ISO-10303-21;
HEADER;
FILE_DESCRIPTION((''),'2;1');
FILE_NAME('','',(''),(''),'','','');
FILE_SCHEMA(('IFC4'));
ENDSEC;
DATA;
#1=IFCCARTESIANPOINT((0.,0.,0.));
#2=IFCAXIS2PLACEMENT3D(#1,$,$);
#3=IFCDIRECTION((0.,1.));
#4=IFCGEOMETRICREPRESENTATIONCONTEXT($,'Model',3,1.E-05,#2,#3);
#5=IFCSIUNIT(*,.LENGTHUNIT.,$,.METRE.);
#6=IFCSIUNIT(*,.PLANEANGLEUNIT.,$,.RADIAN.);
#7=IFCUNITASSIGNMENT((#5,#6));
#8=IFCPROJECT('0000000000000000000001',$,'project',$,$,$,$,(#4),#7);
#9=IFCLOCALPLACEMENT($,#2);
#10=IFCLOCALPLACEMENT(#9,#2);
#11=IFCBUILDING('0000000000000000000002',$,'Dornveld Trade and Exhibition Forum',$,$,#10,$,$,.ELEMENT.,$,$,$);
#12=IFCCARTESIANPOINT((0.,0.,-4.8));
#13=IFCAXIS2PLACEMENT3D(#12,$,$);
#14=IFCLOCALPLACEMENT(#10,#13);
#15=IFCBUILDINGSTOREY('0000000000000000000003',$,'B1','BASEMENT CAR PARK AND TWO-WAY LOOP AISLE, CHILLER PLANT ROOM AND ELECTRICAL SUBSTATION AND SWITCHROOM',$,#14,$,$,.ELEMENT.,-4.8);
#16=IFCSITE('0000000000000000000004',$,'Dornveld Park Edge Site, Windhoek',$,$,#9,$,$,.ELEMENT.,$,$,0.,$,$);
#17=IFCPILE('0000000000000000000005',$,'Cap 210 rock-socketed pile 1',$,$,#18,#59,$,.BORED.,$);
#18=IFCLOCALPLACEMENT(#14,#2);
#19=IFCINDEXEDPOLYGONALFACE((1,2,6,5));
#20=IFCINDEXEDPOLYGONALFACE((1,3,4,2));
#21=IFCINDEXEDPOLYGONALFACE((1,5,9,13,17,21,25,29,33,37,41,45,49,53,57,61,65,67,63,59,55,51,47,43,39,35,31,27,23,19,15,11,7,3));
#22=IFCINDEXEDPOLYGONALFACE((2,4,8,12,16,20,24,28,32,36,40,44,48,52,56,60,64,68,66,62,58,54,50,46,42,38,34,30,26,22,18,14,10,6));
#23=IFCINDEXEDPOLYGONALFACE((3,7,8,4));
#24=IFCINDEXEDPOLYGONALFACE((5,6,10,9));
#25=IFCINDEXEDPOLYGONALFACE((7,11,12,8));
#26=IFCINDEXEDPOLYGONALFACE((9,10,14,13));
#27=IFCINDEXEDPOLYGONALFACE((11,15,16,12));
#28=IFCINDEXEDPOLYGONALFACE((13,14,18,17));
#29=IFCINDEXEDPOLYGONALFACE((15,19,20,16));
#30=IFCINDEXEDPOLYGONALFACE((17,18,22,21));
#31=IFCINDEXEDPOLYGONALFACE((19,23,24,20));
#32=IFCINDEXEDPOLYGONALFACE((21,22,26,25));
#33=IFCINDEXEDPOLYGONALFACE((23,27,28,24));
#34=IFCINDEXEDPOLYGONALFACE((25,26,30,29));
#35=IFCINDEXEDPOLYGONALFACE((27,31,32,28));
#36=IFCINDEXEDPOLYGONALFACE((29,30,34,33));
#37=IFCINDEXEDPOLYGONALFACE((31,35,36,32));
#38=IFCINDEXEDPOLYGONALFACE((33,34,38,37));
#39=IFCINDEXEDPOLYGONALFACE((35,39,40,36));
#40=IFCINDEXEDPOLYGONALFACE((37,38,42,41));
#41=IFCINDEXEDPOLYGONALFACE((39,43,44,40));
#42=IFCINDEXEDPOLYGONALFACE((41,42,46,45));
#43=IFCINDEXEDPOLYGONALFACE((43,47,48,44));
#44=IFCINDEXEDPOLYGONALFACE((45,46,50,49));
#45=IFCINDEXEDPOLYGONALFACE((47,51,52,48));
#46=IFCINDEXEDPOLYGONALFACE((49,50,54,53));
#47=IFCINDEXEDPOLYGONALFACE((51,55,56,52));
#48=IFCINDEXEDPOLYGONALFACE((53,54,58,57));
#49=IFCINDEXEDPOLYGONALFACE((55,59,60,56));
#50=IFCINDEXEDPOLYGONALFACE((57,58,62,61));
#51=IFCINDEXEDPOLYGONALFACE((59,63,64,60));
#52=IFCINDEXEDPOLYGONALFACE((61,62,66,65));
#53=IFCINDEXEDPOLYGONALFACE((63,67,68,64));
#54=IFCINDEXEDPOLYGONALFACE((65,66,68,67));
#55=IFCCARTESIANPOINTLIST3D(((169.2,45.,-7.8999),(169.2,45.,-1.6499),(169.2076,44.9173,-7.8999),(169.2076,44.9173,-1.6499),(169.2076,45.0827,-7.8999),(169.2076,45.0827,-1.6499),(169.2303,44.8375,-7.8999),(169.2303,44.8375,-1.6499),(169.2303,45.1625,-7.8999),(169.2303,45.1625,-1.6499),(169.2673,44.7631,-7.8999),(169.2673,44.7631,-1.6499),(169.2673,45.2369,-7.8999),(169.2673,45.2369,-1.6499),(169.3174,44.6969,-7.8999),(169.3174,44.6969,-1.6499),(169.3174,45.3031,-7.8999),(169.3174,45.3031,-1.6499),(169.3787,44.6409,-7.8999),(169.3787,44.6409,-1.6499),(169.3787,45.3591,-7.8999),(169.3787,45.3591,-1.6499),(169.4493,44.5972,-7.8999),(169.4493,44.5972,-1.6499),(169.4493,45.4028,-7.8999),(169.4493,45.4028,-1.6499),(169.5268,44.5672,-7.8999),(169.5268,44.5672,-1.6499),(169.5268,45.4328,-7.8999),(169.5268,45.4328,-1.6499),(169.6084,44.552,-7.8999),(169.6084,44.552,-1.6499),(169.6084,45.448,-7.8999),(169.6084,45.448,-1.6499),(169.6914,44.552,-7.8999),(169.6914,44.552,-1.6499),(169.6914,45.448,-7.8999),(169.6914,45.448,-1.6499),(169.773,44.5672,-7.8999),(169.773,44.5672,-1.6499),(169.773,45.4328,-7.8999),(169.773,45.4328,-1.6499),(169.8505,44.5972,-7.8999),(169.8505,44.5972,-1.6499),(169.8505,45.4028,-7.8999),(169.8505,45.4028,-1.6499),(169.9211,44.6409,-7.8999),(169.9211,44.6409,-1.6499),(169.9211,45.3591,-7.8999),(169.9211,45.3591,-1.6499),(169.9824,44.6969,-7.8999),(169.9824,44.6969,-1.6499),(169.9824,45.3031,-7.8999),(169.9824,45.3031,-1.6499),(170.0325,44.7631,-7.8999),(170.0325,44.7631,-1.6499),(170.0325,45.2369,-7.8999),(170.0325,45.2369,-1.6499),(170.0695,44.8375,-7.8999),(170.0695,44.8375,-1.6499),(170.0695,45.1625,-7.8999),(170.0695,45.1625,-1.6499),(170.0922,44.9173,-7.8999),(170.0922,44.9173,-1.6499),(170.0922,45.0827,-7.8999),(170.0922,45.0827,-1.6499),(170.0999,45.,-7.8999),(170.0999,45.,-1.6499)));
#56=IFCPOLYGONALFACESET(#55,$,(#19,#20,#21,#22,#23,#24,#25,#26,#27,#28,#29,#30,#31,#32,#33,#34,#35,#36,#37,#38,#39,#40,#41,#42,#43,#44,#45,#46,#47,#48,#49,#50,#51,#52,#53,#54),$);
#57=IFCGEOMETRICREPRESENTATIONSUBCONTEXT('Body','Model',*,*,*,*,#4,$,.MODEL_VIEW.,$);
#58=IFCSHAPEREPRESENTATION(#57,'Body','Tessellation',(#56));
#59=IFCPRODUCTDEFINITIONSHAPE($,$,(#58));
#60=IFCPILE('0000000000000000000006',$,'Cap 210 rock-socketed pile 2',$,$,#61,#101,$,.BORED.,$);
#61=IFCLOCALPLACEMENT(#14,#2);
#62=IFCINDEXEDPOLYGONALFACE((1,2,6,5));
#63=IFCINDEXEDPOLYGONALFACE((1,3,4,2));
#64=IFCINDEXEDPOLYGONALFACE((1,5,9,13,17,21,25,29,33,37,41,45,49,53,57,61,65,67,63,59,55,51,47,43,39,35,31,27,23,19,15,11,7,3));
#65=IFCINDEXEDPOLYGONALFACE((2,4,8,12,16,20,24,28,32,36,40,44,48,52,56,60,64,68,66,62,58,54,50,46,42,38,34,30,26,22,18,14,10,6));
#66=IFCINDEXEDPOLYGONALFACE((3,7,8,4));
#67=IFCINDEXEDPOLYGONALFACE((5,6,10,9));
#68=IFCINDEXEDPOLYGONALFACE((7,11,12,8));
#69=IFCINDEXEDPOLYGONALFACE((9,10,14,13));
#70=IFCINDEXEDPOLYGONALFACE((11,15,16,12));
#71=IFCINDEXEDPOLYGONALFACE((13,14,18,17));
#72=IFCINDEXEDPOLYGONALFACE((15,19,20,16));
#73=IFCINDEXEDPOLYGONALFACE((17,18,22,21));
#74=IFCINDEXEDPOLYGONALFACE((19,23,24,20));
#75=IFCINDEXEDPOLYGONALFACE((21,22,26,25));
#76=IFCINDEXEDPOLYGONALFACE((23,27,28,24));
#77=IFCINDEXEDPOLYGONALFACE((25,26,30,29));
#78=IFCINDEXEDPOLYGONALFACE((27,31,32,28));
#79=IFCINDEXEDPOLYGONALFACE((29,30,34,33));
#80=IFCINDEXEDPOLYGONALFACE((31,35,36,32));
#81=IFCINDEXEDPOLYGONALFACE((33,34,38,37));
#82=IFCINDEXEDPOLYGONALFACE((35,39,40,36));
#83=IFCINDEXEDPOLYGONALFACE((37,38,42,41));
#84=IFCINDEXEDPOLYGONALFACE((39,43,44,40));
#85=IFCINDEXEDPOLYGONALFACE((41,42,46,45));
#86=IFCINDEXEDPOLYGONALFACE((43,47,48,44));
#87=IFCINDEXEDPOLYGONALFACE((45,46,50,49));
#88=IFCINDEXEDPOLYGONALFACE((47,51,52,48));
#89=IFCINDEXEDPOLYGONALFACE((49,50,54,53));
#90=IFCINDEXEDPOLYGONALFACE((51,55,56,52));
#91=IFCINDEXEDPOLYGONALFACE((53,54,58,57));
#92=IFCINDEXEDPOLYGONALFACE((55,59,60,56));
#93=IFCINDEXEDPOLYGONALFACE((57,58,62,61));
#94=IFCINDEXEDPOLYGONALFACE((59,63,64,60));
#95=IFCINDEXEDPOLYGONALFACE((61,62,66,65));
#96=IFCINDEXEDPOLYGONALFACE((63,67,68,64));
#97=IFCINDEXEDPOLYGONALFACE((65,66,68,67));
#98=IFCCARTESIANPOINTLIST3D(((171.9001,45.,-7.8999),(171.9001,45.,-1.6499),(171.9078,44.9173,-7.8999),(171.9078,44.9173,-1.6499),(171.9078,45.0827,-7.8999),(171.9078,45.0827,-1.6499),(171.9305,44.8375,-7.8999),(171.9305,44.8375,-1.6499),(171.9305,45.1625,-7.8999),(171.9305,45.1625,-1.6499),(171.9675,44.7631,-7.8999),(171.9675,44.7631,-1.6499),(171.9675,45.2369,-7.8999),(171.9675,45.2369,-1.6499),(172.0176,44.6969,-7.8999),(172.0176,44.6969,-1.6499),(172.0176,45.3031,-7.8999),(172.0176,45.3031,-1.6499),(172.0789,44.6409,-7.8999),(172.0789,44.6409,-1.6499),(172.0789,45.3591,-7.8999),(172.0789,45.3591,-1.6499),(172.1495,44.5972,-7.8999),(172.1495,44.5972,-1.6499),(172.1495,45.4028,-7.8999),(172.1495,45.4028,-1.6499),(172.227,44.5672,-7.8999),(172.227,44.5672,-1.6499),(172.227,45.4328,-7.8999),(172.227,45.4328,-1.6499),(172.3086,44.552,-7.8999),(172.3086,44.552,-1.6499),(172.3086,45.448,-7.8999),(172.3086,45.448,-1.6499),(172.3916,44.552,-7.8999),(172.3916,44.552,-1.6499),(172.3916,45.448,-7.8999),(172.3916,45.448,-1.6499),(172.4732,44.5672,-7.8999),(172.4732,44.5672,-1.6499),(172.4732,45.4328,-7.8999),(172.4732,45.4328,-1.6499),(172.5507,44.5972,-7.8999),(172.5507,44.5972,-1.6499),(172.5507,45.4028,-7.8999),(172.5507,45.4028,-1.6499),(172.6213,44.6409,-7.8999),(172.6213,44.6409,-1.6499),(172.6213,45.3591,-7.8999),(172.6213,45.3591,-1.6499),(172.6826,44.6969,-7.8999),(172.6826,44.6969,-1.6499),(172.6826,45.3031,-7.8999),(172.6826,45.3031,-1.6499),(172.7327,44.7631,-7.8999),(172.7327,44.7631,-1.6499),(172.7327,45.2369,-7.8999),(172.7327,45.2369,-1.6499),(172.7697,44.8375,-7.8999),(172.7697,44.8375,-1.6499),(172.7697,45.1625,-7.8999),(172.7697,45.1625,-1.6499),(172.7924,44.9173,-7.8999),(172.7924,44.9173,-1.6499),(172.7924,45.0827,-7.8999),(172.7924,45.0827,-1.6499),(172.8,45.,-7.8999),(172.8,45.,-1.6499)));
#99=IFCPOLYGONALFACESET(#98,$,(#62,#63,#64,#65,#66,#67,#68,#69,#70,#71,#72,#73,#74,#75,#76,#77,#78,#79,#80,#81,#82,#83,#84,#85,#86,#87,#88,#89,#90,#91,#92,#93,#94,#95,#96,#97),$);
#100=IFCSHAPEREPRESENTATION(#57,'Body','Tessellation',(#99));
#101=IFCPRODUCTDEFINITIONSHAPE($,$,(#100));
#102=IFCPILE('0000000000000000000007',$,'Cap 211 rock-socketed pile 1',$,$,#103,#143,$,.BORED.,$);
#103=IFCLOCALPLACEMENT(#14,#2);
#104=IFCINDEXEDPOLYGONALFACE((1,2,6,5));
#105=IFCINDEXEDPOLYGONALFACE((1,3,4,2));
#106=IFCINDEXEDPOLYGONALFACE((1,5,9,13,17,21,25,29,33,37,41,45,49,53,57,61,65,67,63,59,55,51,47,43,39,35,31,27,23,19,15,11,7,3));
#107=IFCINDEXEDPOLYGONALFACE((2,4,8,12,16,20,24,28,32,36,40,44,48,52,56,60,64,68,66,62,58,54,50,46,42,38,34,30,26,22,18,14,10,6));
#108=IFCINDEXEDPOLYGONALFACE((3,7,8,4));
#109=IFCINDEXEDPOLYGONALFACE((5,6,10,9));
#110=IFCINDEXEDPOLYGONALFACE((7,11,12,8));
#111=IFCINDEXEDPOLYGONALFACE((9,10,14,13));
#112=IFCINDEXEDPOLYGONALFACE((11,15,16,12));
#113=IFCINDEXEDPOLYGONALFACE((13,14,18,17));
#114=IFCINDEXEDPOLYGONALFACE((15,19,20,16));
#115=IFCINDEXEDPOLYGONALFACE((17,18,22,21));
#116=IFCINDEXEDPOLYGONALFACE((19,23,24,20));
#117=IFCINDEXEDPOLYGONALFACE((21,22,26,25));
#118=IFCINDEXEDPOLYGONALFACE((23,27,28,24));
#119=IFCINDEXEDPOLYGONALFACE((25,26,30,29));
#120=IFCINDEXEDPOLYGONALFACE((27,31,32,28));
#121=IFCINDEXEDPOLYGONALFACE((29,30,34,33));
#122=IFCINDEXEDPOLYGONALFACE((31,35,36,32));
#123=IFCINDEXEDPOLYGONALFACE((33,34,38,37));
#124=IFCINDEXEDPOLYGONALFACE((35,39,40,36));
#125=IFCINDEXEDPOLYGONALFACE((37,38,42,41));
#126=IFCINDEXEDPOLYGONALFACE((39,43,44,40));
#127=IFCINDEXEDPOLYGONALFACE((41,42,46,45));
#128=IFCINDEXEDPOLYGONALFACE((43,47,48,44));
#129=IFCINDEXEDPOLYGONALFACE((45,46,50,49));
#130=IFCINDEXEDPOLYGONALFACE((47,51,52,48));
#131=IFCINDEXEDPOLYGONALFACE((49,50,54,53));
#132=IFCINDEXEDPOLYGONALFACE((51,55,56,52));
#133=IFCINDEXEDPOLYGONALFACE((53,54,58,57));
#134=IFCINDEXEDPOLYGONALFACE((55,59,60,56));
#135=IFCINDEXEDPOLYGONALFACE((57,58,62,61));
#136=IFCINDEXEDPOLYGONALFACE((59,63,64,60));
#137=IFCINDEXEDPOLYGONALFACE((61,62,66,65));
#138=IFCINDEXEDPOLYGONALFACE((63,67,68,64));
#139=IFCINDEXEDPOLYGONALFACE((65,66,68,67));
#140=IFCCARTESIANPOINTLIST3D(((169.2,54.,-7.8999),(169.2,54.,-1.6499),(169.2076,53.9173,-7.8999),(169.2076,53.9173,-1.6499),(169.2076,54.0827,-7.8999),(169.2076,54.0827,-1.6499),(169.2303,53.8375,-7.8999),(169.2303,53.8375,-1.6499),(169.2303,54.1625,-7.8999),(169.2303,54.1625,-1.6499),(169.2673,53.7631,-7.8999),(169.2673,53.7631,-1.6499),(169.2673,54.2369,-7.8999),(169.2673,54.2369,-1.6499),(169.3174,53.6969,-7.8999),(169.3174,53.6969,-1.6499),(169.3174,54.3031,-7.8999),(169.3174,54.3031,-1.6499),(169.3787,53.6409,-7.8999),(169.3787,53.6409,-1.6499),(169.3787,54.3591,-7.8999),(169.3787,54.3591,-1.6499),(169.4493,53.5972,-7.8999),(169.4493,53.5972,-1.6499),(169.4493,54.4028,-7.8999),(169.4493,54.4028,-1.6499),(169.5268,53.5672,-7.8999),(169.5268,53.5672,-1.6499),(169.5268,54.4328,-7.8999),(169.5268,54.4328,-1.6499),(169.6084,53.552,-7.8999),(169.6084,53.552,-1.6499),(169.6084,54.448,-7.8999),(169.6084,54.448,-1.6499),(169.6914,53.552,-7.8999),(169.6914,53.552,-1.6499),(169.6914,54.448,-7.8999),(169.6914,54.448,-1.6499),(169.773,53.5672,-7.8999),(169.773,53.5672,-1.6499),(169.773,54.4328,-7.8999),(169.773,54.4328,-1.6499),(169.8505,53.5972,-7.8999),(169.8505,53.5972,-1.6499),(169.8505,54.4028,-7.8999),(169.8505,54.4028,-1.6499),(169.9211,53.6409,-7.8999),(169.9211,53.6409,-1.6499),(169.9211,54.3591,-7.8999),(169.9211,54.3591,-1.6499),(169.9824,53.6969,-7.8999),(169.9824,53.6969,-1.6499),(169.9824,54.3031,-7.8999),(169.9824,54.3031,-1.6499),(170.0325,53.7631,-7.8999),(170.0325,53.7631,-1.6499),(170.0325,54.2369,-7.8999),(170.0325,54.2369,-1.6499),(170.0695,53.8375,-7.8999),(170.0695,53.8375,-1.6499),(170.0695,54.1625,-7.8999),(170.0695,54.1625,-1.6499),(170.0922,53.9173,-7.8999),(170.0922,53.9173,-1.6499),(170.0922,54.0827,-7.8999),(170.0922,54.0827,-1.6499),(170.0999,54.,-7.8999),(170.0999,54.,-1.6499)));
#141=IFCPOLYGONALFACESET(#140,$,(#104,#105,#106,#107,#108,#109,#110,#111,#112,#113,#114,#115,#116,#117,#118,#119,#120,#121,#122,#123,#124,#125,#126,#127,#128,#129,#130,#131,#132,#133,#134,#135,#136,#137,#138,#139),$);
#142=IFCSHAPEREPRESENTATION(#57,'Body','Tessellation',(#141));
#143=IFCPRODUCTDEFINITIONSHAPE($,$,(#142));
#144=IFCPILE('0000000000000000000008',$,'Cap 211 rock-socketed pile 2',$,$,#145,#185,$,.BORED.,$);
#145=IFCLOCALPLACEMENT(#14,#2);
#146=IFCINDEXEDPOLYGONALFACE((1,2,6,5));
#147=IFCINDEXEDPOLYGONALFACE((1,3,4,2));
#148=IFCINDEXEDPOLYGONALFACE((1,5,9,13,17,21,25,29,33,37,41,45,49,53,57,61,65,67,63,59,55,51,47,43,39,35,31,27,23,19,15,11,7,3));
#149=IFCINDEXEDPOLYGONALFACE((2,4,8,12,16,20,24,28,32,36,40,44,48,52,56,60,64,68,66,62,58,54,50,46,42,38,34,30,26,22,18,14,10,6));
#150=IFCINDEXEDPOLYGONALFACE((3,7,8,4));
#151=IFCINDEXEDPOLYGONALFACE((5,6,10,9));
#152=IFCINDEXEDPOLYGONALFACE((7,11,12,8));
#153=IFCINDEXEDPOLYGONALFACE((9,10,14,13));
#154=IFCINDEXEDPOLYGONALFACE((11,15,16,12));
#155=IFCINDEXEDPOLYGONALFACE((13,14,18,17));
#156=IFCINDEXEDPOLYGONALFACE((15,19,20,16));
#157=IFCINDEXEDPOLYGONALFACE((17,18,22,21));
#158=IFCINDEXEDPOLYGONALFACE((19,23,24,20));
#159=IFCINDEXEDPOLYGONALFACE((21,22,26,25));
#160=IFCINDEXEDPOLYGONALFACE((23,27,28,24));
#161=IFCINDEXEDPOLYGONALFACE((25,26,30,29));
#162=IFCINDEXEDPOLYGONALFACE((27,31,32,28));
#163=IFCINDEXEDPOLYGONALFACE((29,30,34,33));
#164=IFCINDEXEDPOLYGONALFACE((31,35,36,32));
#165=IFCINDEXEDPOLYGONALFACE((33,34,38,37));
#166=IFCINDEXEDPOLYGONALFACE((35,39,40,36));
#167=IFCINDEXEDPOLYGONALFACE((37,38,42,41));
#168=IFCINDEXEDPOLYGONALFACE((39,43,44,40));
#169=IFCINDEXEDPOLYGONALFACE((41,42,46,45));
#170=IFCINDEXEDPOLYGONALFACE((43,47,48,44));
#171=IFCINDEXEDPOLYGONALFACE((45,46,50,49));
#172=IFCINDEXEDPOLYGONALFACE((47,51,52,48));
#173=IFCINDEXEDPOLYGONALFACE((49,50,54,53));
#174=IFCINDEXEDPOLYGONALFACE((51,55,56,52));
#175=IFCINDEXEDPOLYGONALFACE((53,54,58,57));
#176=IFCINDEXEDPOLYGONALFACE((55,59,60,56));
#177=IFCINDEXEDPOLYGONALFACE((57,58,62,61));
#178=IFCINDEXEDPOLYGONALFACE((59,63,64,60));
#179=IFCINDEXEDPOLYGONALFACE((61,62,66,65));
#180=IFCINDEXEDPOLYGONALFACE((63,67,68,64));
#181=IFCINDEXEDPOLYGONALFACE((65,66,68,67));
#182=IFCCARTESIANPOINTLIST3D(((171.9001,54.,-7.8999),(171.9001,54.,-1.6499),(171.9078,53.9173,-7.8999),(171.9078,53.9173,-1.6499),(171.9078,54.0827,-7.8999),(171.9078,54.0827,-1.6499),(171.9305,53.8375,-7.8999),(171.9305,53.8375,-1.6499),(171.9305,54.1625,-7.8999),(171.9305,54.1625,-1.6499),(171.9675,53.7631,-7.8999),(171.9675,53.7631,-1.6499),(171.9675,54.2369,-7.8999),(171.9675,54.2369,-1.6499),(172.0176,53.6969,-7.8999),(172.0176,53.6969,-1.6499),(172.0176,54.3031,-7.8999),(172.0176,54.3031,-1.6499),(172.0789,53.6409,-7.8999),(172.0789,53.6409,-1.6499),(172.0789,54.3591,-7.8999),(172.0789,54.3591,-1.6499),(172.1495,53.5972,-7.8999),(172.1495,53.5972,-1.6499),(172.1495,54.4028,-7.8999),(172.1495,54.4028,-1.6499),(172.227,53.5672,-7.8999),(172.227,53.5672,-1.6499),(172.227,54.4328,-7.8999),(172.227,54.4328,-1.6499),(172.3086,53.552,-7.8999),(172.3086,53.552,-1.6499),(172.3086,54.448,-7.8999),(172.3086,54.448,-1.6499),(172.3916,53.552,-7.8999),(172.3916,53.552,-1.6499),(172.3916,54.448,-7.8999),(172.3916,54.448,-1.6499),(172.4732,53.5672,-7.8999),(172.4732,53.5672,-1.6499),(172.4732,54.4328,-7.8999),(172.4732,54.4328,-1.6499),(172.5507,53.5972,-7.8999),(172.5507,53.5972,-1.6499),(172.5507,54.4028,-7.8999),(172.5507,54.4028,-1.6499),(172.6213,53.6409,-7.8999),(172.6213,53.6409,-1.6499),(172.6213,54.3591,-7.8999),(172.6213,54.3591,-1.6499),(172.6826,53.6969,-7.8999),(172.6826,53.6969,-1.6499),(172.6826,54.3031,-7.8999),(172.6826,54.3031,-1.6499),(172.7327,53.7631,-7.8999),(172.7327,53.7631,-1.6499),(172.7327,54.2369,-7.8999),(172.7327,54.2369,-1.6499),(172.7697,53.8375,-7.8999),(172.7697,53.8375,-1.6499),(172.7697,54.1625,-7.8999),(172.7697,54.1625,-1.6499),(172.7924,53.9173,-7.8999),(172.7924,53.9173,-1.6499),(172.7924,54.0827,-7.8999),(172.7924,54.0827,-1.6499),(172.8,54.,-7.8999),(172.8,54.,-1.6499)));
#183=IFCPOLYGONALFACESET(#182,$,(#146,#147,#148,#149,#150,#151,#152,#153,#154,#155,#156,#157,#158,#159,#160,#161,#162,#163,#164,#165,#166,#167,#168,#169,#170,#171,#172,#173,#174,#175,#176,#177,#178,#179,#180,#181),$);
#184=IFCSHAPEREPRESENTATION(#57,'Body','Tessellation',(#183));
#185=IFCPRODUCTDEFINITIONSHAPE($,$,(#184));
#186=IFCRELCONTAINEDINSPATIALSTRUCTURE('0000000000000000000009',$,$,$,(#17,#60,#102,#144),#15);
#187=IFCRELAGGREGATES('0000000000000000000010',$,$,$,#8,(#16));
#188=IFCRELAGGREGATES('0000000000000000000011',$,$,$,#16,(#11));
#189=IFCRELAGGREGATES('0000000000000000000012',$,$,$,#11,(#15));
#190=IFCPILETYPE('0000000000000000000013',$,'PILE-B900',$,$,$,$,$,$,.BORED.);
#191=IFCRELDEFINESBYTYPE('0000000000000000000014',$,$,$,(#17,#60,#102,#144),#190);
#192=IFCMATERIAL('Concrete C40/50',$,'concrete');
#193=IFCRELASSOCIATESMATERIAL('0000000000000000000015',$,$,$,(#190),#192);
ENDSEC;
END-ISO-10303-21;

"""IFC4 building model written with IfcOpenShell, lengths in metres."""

from ifc_helpers import new_model, si_unit, direction, frame, origin, origin_2d, place, context, subcontext, project, spatial, circle, extrude, material, material_profile, profile_set, type_object, element, save


model = new_model("IFC4")

# Units and contexts
model_context = context("Model", 3, precision=1e-05, world=origin(), true_north=direction((0.0, 1.0)))
body_context = subcontext(model_context, "Body", "Model", "MODEL_VIEW")
ifc_project = project(units=[si_unit("LENGTHUNIT", "METRE"), si_unit("PLANEANGLEUNIT", "RADIAN")], contexts=[model_context])

# Site, building, storey
site_placement = place(None, origin())
site = spatial("IfcSite", under=ifc_project, at=site_placement, Name="Dornveld Park Edge Site, Windhoek", CompositionType="ELEMENT", RefElevation=0.0)
building_placement = place(site_placement, origin())
building = spatial("IfcBuilding", under=site, at=building_placement, Name="Dornveld Trade and Exhibition Forum", CompositionType="ELEMENT")
storey_placement = place(building_placement, frame((0.0, 0.0, -4.8)))
storey = spatial("IfcBuildingStorey", under=building, at=storey_placement, Name="B1", Description="BASEMENT CAR PARK AND TWO-WAY LOOP AISLE, CHILLER PLANT ROOM AND ELECTRICAL SUBSTATION AND SWITCHROOM", CompositionType="ELEMENT", Elevation=-4.8)

# Piles
ifc_material_1 = material(Name="Concrete C40/50", Category="concrete")
ifc_material_profile_1 = material_profile(ifc_material_1, circle(Radius=0.45, at=origin_2d()), Name="PILE D900")
ifc_profile_set_1 = profile_set([ifc_material_profile_1], Name="Concrete C40/50")
pile_type = type_object("IfcPileType", Name="PILE-B900", PredefinedType="BORED", material=ifc_profile_set_1)
for number, where, z_axis, x_axis, name in (
    (1, (169.6499, 45.0, -1.6499), (0.0, 0.0, -1.0), (1.0, 0.0, 0.0), "Cap 210 rock-socketed pile 1"),
    (2, (172.3501, 45.0, -1.6499), (0.0, 0.0, -1.0), (1.0, 0.0, 0.0), "Cap 210 rock-socketed pile 2"),
    (3, (169.6499, 54.0, -1.6499), (0.0, 0.0, -1.0), (1.0, 0.0, 0.0), "Cap 211 rock-socketed pile 1"),
    (4, (172.3501, 54.0, -1.6499), (0.0, 0.0, -1.0), (1.0, 0.0, 0.0), "Cap 211 rock-socketed pile 2"),
):
    element("IfcPile", number, at=place(storey_placement, frame(where, z_axis=z_axis, x_axis=x_axis)), inside=storey, type_object=pile_type, Name=name, PredefinedType="BORED", context=body_context, shape_type="SweptSolid", body=[
        extrude(circle(Radius=0.45, at=origin_2d()), origin(), (0.0, 0.0, 1.0), 6.25),
    ])

save(model, "model.ifc")
